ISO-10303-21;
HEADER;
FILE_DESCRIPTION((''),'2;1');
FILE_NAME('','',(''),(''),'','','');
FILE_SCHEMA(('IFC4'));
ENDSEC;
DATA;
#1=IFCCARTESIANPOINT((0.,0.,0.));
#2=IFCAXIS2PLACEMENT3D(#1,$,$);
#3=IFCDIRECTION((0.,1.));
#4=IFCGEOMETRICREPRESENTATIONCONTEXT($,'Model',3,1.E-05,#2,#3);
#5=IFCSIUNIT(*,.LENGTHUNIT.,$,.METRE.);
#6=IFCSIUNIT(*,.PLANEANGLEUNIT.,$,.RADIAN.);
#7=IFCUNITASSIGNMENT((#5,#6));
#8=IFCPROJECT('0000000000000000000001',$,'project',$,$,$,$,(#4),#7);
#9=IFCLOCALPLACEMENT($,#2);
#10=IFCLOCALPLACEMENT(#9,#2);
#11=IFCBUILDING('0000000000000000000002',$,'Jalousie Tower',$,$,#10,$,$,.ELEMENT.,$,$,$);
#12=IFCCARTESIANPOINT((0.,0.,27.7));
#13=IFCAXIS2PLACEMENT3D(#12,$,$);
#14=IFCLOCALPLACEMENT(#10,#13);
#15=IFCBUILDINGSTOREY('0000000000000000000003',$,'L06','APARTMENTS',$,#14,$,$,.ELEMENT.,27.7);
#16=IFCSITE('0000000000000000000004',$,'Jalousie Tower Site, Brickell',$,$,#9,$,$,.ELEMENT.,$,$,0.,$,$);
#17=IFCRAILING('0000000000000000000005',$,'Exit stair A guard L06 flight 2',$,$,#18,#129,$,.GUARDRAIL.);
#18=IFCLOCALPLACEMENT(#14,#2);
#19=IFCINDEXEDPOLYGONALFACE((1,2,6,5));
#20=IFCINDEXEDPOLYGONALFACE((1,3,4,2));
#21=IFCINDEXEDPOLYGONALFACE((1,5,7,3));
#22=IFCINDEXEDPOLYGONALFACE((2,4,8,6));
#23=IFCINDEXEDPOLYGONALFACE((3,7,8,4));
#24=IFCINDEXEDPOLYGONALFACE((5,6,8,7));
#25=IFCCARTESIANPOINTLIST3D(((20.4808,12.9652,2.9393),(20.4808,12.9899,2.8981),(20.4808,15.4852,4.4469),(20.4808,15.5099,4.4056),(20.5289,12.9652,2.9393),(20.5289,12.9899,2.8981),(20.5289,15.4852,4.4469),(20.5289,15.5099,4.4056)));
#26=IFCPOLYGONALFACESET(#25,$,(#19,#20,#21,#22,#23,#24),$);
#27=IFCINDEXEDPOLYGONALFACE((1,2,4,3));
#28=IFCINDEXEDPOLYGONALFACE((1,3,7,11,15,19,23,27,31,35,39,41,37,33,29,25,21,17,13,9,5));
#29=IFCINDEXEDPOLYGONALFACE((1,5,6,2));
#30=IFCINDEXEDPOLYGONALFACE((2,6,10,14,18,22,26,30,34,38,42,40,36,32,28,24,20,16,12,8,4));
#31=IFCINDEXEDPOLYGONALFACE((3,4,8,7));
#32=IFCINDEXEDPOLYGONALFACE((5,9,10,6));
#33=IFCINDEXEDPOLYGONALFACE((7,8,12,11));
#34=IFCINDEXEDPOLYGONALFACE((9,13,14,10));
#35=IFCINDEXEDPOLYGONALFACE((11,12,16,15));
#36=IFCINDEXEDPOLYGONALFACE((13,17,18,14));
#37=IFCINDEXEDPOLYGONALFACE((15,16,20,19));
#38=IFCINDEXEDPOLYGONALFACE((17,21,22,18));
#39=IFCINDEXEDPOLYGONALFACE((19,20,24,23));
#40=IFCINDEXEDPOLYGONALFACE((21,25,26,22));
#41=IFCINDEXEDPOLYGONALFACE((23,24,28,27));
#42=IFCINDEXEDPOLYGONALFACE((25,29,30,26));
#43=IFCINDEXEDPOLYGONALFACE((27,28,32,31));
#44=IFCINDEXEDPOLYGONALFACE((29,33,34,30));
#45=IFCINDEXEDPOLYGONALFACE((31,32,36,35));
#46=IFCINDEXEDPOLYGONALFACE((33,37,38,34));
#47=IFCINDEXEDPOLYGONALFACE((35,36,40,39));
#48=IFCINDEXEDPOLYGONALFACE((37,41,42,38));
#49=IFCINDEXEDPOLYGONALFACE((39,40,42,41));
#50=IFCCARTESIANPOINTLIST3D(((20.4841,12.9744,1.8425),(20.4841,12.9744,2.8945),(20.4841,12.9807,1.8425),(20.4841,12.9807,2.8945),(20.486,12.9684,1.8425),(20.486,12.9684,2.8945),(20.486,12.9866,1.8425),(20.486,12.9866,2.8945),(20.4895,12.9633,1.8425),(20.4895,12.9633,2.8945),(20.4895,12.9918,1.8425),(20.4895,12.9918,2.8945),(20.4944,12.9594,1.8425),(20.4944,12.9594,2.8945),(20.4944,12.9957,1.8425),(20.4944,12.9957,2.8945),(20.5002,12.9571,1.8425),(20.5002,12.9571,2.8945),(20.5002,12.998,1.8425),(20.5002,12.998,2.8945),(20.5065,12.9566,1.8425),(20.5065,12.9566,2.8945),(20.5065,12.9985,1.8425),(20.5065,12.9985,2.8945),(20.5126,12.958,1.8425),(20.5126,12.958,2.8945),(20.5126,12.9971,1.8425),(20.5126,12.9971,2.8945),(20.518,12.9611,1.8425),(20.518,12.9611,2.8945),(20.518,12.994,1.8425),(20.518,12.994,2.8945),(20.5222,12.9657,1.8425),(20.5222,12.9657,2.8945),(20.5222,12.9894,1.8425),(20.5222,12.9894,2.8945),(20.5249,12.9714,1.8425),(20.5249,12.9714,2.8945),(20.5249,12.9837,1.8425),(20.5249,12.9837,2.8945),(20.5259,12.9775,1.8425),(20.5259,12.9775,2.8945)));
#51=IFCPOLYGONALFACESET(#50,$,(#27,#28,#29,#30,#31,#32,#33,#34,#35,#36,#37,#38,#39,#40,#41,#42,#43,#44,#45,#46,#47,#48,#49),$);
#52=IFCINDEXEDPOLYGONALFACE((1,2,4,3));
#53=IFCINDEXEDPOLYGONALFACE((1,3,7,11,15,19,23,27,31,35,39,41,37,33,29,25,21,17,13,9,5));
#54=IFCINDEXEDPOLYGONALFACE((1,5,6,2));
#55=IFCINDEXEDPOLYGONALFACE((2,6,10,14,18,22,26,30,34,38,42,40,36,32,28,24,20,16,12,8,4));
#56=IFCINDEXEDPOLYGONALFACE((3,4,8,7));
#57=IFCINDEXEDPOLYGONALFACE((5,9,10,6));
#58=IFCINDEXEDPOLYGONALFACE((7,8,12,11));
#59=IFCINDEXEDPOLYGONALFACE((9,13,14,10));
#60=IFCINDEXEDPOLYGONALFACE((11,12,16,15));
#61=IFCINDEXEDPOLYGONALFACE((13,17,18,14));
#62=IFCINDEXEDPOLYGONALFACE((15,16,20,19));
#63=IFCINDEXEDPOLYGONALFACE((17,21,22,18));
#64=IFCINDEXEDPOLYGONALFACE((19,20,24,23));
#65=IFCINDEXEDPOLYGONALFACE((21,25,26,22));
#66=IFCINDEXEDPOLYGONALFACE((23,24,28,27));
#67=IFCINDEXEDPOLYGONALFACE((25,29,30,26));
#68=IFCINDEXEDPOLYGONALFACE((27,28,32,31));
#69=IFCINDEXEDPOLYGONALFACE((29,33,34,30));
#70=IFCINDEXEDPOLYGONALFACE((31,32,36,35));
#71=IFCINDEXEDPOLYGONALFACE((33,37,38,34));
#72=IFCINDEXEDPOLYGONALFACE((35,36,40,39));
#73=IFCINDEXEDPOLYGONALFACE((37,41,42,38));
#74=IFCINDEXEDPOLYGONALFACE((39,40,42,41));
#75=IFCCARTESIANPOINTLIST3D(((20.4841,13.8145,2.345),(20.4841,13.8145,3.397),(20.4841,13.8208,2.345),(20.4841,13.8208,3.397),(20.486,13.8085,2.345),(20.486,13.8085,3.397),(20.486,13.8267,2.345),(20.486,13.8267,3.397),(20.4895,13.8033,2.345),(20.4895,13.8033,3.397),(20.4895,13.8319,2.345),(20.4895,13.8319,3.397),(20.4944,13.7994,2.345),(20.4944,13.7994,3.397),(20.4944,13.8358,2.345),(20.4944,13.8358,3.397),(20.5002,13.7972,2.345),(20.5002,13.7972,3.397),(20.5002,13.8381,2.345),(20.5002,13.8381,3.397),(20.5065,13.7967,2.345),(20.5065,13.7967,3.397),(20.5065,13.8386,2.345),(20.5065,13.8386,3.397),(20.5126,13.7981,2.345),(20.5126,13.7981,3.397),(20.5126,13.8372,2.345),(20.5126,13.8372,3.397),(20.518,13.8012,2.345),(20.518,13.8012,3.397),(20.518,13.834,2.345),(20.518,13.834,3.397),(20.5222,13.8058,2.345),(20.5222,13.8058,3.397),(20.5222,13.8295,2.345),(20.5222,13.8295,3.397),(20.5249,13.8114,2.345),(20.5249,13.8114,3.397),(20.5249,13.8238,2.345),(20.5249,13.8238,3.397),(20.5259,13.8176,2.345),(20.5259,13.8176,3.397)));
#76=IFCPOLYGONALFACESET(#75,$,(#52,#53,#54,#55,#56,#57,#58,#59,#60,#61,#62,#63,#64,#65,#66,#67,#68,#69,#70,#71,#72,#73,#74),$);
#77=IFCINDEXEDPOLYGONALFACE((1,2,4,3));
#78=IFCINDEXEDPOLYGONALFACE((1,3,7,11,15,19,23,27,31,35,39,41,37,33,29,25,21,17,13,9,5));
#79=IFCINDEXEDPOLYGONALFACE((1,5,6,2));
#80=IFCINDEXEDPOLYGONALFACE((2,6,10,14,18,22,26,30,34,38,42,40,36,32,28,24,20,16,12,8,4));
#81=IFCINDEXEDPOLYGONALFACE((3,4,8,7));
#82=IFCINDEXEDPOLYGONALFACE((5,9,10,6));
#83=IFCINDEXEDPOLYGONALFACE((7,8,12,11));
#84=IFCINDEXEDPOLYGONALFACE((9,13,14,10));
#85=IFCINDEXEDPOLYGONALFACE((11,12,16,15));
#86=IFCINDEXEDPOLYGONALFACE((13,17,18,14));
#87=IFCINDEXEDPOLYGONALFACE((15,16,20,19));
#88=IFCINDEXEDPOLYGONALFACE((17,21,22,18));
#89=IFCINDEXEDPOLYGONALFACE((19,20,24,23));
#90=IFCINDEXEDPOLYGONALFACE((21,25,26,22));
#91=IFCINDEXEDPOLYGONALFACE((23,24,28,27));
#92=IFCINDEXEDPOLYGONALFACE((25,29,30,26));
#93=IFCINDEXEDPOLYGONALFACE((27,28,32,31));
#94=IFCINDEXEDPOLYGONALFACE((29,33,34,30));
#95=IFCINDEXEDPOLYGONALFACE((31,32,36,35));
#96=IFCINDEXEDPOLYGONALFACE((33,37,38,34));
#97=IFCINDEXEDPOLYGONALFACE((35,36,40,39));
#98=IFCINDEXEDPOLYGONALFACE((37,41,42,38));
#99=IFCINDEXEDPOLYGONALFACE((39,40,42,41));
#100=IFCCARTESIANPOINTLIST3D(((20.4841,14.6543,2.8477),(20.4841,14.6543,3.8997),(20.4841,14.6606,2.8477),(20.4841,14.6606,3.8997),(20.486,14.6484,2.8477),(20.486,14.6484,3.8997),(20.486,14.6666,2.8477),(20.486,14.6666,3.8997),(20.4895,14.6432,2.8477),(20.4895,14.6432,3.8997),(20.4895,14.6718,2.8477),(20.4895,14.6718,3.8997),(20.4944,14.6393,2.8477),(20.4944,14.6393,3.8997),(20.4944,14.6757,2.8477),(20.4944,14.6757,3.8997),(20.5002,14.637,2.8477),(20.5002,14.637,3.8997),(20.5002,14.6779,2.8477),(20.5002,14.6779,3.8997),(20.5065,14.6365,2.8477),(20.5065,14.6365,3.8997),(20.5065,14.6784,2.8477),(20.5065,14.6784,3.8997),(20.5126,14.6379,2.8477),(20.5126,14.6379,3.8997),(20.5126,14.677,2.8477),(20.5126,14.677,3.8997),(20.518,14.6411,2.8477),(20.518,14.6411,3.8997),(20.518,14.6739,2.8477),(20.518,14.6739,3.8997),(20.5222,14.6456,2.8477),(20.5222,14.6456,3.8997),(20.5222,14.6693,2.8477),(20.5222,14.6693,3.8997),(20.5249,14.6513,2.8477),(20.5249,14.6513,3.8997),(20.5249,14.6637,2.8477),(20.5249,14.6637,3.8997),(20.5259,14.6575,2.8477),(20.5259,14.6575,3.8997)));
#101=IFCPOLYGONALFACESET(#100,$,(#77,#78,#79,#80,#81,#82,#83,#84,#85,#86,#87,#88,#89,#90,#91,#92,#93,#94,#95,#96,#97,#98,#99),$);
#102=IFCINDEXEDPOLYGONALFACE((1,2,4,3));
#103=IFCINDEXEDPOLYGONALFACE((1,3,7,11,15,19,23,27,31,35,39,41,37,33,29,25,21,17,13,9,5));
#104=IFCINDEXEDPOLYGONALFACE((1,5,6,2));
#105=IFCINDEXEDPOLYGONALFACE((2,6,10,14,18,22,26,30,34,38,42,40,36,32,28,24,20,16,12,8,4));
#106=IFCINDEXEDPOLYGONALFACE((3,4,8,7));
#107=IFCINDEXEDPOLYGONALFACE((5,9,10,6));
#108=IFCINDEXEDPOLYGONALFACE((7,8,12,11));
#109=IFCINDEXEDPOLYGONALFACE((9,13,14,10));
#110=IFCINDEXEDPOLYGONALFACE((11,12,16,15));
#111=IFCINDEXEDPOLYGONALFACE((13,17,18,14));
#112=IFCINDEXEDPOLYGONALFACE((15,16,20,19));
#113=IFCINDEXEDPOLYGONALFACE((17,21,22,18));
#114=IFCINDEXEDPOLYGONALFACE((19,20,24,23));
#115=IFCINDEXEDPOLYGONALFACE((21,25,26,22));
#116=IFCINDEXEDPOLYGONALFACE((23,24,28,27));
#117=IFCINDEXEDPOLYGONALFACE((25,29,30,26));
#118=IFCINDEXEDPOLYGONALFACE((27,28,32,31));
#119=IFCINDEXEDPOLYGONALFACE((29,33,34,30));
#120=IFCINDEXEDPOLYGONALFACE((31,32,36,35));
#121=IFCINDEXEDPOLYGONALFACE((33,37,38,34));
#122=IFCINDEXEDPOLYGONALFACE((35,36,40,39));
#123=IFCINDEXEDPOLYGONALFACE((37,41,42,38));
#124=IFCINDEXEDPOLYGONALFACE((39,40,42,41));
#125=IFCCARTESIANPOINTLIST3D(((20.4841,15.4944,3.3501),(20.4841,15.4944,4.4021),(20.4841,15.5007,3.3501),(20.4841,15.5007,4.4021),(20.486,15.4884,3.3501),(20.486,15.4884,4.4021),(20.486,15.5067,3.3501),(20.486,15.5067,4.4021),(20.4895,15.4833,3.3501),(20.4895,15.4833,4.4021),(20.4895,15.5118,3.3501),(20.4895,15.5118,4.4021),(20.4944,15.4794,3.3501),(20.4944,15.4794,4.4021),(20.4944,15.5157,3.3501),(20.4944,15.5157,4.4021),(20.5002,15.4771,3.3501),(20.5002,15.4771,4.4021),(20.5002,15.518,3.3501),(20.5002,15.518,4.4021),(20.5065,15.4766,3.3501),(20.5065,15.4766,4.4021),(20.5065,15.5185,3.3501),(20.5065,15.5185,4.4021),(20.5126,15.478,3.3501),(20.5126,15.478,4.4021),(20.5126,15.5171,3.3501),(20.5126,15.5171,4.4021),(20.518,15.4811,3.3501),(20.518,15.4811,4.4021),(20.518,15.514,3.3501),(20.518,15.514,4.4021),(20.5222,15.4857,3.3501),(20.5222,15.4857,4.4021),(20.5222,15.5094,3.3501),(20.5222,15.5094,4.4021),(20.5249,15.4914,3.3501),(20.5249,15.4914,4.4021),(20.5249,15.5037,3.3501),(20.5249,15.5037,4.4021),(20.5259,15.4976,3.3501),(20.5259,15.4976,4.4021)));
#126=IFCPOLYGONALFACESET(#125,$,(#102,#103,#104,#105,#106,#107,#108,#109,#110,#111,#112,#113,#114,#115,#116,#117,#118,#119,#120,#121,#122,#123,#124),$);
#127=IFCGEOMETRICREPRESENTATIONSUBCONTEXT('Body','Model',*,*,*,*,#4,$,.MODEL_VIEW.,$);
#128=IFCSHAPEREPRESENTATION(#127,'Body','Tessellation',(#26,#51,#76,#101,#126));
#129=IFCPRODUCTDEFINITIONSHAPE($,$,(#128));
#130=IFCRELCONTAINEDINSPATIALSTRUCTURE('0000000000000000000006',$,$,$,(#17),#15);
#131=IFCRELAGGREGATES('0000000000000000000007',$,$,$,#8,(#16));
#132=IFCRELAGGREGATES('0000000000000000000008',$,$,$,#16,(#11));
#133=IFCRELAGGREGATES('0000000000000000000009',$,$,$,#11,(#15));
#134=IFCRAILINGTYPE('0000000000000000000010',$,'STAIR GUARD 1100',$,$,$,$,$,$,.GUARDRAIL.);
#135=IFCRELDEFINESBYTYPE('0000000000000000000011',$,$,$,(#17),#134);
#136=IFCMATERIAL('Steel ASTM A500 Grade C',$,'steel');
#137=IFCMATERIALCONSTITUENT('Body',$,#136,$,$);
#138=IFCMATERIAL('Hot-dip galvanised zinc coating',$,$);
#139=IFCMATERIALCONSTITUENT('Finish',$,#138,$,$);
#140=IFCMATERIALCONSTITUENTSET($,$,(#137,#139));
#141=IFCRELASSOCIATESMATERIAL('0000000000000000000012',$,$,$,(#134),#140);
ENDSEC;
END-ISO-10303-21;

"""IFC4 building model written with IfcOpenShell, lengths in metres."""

from ifc_helpers import new_model, si_unit, direction, frame, origin, origin_2d, place, context, subcontext, project, spatial, rectangle, circle, extrude, material, constituent, constituent_set, type_object, element, save


model = new_model("IFC4")

# Units and contexts
model_context = context("Model", 3, precision=1e-05, world=origin(), true_north=direction((0.0, 1.0)))
body_context = subcontext(model_context, "Body", "Model", "MODEL_VIEW")
ifc_project = project(units=[si_unit("LENGTHUNIT", "METRE"), si_unit("PLANEANGLEUNIT", "RADIAN")], contexts=[model_context])

# Site, building, storey
site_placement = place(None, origin())
site = spatial("IfcSite", under=ifc_project, at=site_placement, Name="Jalousie Tower Site, Brickell", CompositionType="ELEMENT", RefElevation=0.0)
building_placement = place(site_placement, origin())
building = spatial("IfcBuilding", under=site, at=building_placement, Name="Jalousie Tower", CompositionType="ELEMENT")
storey_placement = place(building_placement, frame((0.0, 0.0, 27.7)))
storey = spatial("IfcBuildingStorey", under=building, at=storey_placement, Name="L06", Description="APARTMENTS", CompositionType="ELEMENT", Elevation=27.7)

# Railing
ifc_material_1 = material(Name="Steel ASTM A500 Grade C", Category="steel")
ifc_constituent_1 = constituent(ifc_material_1, Name="Body")
ifc_material_2 = material(Name="Hot-dip galvanised zinc coating")
ifc_constituent_2 = constituent(ifc_material_2, Name="Finish")
ifc_constituent_set_1 = constituent_set(constituents=[ifc_constituent_1, ifc_constituent_2])
railing_type_1 = type_object("IfcRailingType", Name="STAIR GUARD 1100", PredefinedType="GUARDRAIL", material=ifc_constituent_set_1)
railing_1_placement = place(storey_placement, frame((20.5049, 12.9775, 1.8425)))
element("IfcRailing", 1, at=railing_1_placement, inside=storey, type_object=railing_type_1, Name="Exit stair A guard L06 flight 2", PredefinedType="GUARDRAIL", context=body_context, shape_type="SweptSolid", body=[
    extrude(rectangle(XDim=0.0481, YDim=0.0481, at=origin_2d()), frame((0.0, 0.0, 1.0762), z_axis=(0.0, 0.85816, 0.513383), x_axis=(-1.0, 0.0, 0.0)), (0.0, 0.0, 1.0), 2.9365),
    extrude(circle(Radius=0.021, at=origin_2d()), origin(), (0.0, 0.0, 1.0), 1.052),
    extrude(circle(Radius=0.021, at=origin_2d()), frame((0.0, 0.8401, 0.5024)), (0.0, 0.0, 1.0), 1.052),
    extrude(circle(Radius=0.021, at=origin_2d()), frame((0.0, 1.6799, 1.0051)), (0.0, 0.0, 1.0), 1.052),
    extrude(circle(Radius=0.021, at=origin_2d()), frame((0.0, 2.52, 1.5076)), (0.0, 0.0, 1.0), 1.052),
])

save(model, "model.ifc")
